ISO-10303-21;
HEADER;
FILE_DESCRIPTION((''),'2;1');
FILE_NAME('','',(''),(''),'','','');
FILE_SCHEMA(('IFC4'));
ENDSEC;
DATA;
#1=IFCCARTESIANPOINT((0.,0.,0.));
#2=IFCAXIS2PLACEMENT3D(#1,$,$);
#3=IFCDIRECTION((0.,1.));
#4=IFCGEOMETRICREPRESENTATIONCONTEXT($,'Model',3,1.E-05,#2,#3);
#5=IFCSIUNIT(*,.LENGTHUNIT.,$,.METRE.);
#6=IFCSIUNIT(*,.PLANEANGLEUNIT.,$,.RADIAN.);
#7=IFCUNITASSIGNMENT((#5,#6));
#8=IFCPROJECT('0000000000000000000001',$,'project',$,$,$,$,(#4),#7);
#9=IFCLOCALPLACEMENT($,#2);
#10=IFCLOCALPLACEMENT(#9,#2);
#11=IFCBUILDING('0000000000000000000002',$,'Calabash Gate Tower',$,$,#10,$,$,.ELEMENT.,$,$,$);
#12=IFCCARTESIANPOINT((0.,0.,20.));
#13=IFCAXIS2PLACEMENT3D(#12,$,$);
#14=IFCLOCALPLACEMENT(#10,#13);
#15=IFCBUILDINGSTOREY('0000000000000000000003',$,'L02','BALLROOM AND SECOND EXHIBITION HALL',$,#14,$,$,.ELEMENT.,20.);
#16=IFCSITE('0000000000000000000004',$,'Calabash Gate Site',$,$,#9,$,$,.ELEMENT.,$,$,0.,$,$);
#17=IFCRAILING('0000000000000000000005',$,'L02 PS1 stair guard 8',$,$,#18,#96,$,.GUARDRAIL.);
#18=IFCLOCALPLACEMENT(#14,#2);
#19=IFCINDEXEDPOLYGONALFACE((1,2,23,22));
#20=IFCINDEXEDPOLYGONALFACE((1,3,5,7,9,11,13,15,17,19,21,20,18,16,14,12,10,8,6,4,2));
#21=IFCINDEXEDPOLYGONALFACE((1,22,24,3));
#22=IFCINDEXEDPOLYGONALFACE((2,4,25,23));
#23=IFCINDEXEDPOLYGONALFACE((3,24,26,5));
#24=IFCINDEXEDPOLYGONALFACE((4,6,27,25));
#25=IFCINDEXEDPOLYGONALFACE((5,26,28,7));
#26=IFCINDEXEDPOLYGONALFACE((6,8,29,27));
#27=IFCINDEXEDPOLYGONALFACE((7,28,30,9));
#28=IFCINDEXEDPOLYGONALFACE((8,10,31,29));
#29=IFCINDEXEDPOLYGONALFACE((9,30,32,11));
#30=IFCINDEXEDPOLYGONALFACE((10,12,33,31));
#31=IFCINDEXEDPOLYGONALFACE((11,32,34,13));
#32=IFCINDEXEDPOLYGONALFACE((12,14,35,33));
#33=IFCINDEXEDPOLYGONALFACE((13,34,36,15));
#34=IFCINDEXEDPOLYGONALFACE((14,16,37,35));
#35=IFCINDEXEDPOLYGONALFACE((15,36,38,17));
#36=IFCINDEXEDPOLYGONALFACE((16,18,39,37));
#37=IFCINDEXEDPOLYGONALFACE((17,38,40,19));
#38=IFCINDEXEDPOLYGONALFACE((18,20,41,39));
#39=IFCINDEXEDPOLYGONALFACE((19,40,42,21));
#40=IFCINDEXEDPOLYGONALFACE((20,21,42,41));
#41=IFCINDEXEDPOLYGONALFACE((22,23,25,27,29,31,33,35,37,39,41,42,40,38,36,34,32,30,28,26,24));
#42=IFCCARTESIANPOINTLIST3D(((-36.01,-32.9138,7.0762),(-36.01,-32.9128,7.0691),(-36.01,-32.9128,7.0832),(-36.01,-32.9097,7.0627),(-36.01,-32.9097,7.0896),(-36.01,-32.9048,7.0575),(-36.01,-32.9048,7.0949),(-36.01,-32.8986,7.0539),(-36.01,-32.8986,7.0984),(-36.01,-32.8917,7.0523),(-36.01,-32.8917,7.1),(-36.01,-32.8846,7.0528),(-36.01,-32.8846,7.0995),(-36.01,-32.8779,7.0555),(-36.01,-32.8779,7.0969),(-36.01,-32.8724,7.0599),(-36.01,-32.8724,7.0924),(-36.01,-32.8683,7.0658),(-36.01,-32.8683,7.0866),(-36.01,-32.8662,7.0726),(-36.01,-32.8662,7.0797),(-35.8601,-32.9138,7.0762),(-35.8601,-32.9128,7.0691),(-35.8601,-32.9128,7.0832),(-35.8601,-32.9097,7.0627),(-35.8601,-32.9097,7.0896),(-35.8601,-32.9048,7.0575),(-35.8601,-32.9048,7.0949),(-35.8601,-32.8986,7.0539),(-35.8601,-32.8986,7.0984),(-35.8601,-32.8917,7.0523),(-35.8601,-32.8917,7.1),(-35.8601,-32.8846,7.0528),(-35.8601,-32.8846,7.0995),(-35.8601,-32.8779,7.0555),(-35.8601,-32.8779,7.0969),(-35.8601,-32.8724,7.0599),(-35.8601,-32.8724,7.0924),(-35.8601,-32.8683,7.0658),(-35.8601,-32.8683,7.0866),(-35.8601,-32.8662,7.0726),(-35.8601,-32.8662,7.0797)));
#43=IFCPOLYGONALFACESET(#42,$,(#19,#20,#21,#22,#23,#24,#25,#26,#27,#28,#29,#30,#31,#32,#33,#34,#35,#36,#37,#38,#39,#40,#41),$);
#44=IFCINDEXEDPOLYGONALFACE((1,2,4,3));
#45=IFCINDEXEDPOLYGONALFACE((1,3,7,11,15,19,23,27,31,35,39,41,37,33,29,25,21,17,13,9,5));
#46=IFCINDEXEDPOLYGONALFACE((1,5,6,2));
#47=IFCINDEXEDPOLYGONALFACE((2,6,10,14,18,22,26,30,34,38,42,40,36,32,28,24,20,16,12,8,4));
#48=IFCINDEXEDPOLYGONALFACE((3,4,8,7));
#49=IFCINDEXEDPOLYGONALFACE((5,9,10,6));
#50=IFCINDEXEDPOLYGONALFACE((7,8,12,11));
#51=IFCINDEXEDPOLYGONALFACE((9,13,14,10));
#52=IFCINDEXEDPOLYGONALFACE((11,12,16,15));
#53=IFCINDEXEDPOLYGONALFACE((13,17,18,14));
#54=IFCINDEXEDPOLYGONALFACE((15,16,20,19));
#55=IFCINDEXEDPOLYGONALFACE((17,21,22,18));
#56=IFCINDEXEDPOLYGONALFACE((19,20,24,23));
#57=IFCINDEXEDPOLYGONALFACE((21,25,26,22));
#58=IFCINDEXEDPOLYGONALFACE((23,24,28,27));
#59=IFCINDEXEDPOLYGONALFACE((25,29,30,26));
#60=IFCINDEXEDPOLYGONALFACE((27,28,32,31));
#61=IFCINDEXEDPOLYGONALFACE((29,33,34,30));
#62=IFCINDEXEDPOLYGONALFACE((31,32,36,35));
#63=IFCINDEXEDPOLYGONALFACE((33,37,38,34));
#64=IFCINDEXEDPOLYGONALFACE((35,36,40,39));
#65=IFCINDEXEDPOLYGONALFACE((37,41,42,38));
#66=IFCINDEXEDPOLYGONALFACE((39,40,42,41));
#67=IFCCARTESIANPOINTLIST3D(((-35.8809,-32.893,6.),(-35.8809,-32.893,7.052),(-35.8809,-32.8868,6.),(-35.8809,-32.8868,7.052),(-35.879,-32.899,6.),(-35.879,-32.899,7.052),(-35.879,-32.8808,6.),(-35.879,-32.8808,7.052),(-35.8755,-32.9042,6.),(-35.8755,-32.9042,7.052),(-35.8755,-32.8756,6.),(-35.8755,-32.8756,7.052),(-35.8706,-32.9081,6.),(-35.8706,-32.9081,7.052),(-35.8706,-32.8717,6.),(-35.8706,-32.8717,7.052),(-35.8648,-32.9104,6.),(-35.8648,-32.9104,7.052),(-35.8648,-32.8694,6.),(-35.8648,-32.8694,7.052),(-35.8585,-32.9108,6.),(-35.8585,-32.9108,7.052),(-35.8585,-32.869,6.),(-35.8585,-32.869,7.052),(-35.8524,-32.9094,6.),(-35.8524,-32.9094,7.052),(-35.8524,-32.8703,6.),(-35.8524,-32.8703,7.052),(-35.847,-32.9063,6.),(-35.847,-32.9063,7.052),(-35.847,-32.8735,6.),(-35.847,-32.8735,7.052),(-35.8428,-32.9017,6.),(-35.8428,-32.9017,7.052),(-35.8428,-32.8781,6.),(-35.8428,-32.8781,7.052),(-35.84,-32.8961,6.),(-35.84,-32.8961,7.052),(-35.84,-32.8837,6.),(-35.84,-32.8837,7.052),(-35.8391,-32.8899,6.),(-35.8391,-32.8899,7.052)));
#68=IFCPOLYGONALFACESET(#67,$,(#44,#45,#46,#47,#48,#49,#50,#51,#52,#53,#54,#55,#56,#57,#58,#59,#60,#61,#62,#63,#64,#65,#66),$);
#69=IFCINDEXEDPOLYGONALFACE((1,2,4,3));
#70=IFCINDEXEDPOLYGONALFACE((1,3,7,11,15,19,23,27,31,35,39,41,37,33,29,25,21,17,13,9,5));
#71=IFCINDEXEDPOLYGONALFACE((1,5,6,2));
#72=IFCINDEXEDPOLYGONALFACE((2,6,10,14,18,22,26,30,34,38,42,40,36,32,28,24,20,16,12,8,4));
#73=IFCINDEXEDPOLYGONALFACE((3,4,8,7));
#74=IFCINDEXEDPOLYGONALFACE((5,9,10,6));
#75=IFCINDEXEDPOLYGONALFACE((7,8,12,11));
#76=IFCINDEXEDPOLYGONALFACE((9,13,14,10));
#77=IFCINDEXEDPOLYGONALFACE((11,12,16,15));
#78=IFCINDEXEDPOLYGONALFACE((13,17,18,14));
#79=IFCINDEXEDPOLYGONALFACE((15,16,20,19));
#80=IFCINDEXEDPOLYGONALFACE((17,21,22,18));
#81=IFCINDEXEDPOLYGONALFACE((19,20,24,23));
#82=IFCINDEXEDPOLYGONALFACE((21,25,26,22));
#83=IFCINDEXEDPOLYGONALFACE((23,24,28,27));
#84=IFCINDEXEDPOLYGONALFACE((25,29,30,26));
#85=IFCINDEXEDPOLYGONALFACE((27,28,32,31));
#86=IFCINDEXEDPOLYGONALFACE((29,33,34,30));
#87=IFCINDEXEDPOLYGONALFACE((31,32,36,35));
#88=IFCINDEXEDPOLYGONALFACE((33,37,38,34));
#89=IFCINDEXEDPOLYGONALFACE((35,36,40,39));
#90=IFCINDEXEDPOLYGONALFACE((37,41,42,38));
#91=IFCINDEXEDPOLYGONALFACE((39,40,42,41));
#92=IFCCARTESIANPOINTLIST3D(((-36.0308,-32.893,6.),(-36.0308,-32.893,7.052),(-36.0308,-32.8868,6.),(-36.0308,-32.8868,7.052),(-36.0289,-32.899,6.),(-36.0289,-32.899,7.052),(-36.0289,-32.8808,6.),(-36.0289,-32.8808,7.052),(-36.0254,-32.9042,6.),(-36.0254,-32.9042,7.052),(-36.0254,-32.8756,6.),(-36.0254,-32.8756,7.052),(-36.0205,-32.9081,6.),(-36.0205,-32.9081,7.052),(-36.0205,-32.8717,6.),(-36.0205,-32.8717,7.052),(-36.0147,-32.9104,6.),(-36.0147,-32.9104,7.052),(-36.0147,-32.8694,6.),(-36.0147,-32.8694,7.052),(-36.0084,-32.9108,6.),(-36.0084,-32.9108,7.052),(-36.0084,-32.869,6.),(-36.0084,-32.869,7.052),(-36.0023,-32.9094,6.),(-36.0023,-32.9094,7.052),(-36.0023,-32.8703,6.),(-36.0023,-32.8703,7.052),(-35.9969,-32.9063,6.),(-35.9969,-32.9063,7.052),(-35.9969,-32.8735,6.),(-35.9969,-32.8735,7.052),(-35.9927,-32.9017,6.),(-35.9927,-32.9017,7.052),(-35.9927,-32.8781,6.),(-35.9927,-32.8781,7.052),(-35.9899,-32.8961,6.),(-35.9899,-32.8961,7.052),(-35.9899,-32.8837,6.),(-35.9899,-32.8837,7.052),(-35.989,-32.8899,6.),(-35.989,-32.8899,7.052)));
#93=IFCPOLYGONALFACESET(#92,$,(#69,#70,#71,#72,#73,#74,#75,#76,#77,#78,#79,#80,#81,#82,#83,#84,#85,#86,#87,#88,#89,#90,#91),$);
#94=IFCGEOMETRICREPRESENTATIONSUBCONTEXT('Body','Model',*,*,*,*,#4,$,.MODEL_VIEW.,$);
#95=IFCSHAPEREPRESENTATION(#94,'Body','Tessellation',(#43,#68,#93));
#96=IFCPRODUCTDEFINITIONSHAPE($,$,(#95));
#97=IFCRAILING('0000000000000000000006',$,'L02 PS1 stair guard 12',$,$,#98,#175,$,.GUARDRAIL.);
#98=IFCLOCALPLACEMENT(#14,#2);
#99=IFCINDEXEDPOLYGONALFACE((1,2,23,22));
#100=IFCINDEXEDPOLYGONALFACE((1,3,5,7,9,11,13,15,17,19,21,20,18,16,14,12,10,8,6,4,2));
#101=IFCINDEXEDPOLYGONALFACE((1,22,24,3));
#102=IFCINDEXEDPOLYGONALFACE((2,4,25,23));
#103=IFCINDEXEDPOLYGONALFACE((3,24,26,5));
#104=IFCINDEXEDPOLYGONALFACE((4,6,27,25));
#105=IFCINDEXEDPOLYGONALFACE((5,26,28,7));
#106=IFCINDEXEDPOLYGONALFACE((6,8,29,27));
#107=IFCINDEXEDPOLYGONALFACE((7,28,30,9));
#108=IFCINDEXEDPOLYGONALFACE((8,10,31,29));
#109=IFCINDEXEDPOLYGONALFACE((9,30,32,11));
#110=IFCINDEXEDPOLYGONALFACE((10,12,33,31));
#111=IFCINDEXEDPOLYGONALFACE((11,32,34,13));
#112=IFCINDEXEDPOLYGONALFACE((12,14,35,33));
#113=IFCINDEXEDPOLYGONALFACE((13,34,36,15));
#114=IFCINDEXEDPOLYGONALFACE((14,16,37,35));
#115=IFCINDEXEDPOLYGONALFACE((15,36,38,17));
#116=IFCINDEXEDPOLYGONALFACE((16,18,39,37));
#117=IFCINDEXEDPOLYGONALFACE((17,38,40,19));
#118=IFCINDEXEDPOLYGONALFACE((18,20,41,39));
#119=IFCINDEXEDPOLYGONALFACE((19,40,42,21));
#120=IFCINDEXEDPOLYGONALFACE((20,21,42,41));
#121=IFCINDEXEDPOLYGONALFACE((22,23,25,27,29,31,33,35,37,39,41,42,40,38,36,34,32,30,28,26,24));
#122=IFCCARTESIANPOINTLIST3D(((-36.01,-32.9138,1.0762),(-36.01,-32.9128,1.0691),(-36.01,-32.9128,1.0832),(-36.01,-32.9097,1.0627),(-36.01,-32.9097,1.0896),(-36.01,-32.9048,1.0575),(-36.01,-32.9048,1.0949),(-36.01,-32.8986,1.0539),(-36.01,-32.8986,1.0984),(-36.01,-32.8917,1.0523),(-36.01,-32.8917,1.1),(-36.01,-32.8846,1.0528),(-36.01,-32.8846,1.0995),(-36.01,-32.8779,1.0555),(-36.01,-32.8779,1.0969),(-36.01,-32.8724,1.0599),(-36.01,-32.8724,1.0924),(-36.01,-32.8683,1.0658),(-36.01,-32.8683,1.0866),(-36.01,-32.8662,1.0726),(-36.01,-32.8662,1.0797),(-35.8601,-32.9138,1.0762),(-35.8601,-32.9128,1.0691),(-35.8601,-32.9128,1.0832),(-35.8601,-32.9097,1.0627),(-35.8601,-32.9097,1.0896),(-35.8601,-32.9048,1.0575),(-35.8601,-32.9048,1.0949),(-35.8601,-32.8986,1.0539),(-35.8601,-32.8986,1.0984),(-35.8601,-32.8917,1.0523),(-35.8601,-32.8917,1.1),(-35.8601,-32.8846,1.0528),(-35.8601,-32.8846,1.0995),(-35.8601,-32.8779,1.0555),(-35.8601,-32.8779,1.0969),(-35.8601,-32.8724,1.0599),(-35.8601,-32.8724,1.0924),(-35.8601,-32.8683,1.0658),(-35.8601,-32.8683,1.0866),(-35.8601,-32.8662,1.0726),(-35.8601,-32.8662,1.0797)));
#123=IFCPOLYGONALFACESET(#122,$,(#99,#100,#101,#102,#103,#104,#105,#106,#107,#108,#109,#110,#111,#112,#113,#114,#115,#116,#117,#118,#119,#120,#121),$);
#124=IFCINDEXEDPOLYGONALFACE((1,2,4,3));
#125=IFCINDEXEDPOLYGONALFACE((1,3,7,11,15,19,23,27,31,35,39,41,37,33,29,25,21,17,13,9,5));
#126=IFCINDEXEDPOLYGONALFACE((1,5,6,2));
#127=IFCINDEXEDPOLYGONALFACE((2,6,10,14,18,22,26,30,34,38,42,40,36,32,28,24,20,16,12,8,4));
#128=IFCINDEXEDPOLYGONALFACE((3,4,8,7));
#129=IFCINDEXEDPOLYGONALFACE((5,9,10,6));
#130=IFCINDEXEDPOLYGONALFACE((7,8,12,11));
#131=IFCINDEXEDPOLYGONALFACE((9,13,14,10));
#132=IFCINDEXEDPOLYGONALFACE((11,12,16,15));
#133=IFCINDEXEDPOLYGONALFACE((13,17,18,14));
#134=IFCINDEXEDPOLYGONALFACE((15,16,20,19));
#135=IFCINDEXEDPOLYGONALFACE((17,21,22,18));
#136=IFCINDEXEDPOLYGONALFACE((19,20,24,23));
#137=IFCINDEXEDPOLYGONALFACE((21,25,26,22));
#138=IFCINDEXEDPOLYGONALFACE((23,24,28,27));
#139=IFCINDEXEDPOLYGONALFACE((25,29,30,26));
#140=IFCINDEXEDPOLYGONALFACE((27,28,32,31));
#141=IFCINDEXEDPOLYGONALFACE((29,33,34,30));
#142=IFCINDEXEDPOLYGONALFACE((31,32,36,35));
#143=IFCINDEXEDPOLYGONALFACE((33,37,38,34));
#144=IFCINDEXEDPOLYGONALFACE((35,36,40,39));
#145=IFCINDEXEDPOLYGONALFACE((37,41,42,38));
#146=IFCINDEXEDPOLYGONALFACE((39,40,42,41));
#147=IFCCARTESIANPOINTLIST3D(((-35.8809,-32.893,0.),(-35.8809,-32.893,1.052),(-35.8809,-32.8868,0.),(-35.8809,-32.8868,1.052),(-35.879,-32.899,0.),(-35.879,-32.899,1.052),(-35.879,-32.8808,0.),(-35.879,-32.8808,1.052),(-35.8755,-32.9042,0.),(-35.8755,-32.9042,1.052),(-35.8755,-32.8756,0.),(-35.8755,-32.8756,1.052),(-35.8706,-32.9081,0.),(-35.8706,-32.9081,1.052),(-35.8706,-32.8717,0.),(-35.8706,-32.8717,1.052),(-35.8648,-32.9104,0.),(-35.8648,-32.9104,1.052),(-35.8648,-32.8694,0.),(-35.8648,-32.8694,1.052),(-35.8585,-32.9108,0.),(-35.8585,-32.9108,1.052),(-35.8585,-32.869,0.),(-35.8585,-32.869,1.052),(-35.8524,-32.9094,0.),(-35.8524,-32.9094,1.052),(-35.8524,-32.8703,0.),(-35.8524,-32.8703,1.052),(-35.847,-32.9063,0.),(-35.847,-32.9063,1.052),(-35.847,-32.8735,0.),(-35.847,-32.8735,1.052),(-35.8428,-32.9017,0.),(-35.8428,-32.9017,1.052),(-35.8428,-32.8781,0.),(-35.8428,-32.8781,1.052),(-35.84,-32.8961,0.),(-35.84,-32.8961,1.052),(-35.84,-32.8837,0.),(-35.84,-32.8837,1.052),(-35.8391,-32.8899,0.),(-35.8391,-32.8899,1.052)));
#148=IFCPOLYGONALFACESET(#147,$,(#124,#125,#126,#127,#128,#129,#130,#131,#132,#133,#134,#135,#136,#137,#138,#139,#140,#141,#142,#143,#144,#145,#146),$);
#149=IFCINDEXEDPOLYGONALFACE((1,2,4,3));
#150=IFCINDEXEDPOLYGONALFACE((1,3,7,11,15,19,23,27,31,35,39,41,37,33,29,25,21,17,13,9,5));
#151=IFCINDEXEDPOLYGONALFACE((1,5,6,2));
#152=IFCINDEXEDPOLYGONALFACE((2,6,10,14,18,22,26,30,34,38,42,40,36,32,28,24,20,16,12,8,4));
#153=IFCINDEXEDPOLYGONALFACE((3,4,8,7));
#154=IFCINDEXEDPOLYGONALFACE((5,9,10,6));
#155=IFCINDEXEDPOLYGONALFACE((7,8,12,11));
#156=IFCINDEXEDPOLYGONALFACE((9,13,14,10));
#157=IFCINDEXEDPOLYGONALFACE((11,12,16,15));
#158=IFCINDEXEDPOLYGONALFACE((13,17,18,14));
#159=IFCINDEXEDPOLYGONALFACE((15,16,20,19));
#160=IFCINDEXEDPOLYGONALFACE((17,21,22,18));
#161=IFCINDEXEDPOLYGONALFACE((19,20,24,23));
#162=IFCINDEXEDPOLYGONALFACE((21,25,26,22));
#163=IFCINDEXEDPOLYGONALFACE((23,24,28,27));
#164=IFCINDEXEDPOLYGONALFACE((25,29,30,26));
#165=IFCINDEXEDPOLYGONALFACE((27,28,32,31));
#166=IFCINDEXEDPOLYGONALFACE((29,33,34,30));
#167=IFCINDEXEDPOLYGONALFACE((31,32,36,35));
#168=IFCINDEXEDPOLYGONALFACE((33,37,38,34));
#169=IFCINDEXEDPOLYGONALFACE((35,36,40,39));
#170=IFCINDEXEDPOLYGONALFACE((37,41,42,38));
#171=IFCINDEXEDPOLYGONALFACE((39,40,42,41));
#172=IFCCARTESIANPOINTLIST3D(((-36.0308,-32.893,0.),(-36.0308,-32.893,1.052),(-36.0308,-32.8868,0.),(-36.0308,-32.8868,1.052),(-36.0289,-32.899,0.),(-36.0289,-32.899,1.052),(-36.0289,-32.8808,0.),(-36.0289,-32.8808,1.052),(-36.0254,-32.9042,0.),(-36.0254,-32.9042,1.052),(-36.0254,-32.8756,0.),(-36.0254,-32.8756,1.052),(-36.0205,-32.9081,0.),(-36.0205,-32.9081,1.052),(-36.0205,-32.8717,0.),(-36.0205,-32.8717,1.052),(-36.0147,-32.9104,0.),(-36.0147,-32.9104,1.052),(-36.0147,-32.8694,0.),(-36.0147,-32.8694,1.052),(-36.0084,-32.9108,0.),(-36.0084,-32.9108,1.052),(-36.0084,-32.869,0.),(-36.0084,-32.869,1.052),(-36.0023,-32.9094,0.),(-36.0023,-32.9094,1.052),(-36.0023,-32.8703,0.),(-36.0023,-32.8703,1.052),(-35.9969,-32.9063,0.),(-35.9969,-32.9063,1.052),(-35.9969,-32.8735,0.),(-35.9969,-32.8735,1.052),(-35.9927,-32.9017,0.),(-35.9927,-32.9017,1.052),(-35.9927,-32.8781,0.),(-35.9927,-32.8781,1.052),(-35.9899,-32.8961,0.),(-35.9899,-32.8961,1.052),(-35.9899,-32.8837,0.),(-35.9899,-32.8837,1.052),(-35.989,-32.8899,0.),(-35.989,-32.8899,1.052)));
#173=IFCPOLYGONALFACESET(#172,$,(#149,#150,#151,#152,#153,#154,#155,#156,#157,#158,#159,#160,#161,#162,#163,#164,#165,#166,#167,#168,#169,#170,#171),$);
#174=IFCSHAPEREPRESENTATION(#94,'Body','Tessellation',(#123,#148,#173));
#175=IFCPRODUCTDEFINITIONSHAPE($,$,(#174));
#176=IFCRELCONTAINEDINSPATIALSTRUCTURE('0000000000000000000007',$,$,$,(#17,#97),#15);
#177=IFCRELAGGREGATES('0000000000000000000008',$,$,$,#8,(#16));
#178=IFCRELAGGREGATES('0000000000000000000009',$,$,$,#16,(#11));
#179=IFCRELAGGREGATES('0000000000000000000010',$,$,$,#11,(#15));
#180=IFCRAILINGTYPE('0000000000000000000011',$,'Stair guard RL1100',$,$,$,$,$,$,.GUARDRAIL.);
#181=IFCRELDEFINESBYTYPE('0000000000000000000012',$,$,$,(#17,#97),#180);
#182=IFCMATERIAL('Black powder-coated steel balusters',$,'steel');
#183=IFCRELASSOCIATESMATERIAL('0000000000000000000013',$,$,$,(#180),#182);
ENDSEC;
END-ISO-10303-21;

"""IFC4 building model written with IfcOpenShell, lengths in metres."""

from ifc_helpers import new_model, si_unit, direction, frame, origin, origin_2d, place, context, subcontext, project, spatial, circle, extrude, material, type_object, element, save


model = new_model("IFC4")

# Units and contexts
model_context = context("Model", 3, precision=1e-05, world=origin(), true_north=direction((0.0, 1.0)))
body_context = subcontext(model_context, "Body", "Model", "MODEL_VIEW")
ifc_project = project(units=[si_unit("LENGTHUNIT", "METRE"), si_unit("PLANEANGLEUNIT", "RADIAN")], contexts=[model_context])

# Site, building, storey
site_placement = place(None, origin())
site = spatial("IfcSite", under=ifc_project, at=site_placement, Name="Calabash Gate Site", CompositionType="ELEMENT", RefElevation=0.0)
building_placement = place(site_placement, origin())
building = spatial("IfcBuilding", under=site, at=building_placement, Name="Calabash Gate Tower", CompositionType="ELEMENT")
storey_placement = place(building_placement, frame((0.0, 0.0, 20.0)))
storey = spatial("IfcBuildingStorey", under=building, at=storey_placement, Name="L02", Description="BALLROOM AND SECOND EXHIBITION HALL", CompositionType="ELEMENT", Elevation=20.0)

# Railings
ifc_material_1 = material(Name="Black powder-coated steel balusters", Category="steel")
railing_type = type_object("IfcRailingType", Name="Stair guard RL1100", PredefinedType="GUARDRAIL", material=ifc_material_1)
for number, where, name in (
    (1, (-35.8601, -32.8899, 6.0), "L02 PS1 stair guard 8"),
    (2, (-35.8601, -32.8899, 0.0), "L02 PS1 stair guard 12"),
):
    element("IfcRailing", number, at=place(storey_placement, frame(where)), inside=storey, type_object=railing_type, Name=name, PredefinedType="GUARDRAIL", context=body_context, shape_type="SweptSolid", body=[
        extrude(circle(Radius=0.0239, at=origin_2d()), frame((0.0, 0.0, 1.0762), z_axis=(-1.0, 0.0, 0.0), x_axis=(0.0, -1.0, 0.0)), (0.0, 0.0, 1.0), 0.1499),
        extrude(circle(Radius=0.021, at=origin_2d()), origin(), (0.0, 0.0, 1.0), 1.052),
        extrude(circle(Radius=0.021, at=origin_2d()), frame((-0.1499, 0.0, 0.0)), (0.0, 0.0, 1.0), 1.052),
    ])

save(model, "model.ifc")
